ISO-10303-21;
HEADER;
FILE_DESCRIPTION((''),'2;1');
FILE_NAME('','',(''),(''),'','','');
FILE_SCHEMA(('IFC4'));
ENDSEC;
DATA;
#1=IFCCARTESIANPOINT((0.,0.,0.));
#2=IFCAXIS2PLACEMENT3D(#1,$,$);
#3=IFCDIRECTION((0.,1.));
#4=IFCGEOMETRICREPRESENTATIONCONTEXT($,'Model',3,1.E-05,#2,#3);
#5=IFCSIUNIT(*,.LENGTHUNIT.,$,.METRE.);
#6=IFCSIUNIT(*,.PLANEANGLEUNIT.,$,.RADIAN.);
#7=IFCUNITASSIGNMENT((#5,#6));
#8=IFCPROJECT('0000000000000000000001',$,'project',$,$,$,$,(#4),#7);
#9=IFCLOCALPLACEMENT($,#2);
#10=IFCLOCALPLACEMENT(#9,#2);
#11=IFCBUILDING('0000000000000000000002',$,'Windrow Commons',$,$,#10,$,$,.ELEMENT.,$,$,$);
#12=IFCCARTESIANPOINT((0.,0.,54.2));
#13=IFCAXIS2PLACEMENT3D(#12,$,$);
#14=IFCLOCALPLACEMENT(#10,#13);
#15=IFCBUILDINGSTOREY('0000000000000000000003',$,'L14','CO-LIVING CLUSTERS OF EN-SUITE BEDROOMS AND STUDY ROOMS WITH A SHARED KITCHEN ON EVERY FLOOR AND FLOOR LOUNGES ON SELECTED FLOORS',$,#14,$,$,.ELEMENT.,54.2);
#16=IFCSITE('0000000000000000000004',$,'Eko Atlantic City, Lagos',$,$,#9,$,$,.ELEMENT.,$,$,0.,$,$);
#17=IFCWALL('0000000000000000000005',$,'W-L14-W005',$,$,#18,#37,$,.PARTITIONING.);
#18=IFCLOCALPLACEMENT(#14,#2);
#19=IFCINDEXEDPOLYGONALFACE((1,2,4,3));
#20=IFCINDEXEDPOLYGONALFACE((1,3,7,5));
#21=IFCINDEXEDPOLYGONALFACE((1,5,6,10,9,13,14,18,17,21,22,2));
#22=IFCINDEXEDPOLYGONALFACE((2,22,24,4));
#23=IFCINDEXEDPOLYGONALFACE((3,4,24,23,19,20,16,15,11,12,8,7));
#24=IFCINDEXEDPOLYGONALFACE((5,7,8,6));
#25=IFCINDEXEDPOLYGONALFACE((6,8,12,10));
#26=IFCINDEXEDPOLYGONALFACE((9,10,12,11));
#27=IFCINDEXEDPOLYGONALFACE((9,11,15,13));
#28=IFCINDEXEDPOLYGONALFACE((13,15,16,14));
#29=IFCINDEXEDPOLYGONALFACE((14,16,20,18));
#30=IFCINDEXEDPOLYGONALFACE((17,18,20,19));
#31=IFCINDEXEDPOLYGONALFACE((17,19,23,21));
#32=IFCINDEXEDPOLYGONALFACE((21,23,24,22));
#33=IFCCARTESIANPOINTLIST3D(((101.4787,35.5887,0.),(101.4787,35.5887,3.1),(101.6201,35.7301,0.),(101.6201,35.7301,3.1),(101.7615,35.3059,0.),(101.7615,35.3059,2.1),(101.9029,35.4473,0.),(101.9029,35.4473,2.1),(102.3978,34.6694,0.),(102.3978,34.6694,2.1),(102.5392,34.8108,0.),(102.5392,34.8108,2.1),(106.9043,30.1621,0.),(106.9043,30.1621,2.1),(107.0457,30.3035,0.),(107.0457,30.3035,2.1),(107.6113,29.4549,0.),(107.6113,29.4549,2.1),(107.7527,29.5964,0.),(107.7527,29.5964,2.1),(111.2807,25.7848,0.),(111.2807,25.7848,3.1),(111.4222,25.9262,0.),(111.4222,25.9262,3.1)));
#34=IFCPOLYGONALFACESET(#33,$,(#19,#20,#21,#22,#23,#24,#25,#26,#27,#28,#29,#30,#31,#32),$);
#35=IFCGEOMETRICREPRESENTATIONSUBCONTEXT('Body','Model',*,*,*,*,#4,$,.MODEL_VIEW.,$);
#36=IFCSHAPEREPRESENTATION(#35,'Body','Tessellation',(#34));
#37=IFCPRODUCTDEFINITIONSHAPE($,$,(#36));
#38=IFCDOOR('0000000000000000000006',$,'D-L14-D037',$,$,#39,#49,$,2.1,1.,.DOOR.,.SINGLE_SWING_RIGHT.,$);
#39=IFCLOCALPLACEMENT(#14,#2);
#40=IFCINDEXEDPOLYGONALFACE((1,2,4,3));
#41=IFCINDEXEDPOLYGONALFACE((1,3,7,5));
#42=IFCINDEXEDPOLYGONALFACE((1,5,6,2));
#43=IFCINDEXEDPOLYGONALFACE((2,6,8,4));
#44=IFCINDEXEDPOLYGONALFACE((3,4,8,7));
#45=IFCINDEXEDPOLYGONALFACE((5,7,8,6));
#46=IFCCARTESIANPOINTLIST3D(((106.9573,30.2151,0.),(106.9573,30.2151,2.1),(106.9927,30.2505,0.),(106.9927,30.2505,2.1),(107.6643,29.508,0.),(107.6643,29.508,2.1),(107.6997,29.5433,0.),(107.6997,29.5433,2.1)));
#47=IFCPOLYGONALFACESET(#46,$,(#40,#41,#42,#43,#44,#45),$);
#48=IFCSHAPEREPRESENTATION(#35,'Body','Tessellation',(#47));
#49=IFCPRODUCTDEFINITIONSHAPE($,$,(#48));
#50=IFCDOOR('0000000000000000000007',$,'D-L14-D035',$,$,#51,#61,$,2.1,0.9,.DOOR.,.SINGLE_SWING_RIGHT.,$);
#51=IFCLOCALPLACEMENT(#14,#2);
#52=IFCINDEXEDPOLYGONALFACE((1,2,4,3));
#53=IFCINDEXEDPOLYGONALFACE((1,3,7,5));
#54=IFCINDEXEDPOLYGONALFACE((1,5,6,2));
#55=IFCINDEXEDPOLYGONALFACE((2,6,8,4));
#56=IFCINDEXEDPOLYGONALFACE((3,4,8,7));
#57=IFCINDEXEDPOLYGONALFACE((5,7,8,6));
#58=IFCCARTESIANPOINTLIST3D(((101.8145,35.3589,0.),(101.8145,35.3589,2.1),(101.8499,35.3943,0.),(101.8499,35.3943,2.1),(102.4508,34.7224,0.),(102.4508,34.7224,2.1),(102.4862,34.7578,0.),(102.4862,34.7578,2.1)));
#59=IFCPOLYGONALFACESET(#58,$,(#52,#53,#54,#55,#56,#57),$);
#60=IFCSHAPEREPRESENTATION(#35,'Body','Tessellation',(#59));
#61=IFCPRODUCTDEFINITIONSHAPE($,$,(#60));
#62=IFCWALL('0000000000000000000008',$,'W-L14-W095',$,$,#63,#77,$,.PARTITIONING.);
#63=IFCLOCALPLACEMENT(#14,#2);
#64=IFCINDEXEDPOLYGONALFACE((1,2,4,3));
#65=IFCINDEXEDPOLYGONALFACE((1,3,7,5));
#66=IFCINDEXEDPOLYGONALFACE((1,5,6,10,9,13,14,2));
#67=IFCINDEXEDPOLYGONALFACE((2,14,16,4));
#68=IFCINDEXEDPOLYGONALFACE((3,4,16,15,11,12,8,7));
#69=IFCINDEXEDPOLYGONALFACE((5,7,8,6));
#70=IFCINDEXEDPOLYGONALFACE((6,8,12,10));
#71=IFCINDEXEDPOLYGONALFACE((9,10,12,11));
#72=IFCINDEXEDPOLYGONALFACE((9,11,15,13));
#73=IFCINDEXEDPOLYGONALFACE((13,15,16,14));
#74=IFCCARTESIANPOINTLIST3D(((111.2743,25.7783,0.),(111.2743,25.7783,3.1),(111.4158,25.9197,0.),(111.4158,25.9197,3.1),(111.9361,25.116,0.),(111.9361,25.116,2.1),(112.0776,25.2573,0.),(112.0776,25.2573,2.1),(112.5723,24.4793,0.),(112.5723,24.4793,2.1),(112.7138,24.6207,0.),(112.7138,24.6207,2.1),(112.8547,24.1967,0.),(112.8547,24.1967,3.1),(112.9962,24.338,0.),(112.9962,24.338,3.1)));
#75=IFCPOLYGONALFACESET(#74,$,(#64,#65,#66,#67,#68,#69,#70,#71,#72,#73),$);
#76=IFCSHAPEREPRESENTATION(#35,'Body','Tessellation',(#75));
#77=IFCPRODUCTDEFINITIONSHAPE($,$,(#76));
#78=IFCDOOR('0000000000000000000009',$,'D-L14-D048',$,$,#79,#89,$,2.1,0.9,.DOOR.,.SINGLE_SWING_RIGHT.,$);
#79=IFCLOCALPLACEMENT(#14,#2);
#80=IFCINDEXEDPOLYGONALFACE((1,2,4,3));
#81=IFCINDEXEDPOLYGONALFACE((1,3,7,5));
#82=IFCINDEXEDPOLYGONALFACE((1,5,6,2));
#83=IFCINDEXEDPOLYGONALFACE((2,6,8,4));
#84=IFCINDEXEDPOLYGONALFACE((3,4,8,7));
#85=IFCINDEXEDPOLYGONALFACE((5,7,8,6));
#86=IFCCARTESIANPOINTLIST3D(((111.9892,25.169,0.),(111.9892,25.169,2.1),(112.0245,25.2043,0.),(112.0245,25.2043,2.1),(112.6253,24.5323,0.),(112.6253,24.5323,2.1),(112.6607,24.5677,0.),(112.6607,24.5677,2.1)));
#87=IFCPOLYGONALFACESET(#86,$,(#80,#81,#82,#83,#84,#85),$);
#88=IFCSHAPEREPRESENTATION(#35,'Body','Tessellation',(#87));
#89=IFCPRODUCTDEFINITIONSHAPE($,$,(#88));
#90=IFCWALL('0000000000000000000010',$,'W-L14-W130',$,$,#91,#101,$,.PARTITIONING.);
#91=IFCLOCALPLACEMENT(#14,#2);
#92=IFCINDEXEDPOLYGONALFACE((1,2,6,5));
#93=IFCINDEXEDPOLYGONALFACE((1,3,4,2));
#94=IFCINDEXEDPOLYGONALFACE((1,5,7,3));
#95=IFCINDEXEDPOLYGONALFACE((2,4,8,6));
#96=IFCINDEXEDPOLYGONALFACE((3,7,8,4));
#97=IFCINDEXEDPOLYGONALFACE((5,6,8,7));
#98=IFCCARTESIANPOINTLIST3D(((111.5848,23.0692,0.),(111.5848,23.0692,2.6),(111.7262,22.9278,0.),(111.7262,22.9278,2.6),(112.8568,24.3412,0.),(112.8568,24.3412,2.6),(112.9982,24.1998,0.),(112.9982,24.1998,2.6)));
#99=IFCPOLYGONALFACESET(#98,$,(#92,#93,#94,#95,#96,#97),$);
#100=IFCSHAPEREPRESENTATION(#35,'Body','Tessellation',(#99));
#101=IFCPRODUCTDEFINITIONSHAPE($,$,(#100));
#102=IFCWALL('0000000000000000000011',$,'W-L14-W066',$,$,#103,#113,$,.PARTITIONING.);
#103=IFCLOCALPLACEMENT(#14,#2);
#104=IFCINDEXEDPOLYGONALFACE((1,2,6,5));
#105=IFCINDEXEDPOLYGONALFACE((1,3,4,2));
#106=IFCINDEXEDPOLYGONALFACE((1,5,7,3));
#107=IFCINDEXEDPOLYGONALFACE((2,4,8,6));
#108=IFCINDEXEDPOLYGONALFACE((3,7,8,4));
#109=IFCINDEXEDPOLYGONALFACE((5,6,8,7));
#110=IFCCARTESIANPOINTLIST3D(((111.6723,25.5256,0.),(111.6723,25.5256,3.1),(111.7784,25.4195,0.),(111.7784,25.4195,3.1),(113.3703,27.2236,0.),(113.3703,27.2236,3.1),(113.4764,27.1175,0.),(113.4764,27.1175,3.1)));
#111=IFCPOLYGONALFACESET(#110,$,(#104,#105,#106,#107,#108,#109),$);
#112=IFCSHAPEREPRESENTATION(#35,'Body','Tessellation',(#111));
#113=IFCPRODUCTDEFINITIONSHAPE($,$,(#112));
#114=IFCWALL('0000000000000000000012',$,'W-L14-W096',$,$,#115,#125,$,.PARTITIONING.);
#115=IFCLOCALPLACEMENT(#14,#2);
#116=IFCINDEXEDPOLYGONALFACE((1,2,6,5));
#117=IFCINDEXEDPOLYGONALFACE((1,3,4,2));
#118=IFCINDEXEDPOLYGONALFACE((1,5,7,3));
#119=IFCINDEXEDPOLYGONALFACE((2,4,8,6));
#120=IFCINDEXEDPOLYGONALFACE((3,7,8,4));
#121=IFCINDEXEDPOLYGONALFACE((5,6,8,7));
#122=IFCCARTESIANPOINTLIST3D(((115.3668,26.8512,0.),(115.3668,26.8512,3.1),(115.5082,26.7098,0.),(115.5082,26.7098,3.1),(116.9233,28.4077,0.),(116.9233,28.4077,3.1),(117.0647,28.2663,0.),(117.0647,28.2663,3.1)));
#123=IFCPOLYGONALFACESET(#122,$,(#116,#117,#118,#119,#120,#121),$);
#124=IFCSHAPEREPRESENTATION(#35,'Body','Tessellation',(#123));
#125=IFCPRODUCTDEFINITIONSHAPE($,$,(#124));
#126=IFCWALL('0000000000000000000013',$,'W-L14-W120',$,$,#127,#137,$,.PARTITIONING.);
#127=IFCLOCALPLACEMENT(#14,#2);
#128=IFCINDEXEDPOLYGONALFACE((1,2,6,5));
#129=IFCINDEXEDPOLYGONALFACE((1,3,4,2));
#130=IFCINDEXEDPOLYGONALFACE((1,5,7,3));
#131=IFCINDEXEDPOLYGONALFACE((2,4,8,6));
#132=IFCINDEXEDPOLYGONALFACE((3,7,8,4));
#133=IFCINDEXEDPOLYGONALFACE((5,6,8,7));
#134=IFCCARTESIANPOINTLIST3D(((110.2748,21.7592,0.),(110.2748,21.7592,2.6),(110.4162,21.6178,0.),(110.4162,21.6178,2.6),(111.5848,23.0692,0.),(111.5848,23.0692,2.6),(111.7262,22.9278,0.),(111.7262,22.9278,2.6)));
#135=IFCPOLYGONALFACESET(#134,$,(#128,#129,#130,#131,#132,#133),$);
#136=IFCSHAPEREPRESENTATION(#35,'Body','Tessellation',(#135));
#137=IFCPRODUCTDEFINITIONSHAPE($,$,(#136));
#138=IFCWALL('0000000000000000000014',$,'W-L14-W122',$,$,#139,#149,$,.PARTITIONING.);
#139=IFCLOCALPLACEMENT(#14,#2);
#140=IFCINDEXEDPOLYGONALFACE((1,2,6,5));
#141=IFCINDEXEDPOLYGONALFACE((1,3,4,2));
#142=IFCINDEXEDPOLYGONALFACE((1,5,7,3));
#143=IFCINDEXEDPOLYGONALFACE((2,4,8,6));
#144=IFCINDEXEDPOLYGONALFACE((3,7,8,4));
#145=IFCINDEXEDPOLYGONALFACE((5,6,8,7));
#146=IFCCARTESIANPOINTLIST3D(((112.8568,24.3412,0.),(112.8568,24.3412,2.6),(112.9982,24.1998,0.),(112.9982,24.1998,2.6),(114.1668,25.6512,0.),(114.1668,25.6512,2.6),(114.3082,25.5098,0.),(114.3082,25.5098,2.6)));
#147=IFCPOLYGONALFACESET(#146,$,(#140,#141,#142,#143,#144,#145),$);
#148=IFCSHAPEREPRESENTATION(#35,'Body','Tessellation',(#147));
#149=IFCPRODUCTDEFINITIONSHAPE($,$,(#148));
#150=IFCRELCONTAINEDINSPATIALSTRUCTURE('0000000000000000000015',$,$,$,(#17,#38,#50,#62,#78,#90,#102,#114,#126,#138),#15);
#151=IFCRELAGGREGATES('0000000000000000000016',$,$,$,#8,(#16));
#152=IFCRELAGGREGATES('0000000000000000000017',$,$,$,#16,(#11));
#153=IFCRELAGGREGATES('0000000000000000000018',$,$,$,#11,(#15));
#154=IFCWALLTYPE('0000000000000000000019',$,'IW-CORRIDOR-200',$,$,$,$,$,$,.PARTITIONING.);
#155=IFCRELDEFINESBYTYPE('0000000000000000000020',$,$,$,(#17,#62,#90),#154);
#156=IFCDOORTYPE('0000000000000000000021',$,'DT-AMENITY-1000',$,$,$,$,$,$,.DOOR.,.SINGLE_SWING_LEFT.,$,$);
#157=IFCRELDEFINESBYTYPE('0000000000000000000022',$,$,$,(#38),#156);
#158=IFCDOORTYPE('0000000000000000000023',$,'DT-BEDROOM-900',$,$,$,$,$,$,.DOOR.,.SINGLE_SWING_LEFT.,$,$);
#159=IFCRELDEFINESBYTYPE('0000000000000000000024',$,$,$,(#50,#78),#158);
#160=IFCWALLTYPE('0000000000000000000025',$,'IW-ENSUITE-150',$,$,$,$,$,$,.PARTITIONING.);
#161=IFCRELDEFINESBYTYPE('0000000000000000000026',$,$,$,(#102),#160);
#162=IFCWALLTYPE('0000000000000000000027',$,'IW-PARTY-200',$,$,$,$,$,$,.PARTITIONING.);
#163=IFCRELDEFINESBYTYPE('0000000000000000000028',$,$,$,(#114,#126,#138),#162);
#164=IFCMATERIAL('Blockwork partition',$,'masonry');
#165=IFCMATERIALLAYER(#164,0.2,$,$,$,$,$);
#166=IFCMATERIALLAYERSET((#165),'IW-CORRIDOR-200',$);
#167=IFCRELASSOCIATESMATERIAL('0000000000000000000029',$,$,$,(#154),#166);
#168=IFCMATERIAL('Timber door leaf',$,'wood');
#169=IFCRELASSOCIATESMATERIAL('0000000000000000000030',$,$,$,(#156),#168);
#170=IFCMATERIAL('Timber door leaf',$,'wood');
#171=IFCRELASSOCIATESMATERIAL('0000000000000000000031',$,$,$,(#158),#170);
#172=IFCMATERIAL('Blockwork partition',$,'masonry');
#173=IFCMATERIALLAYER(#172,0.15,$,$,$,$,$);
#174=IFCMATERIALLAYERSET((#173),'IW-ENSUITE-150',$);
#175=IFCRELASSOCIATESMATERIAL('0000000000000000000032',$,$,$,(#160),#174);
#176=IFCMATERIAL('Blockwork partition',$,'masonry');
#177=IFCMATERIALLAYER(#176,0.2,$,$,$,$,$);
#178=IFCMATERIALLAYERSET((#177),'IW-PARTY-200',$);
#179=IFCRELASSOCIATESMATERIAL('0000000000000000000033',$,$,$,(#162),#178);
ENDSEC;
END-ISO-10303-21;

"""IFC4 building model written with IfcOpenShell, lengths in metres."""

from ifc_helpers import new_model, si_unit, direction, frame, frame_2d, origin, place, context, subcontext, project, spatial, rectangle, extrude, material, layer, layer_set, type_object, element, fill, save


model = new_model("IFC4")

# Units and contexts
model_context = context("Model", 3, precision=1e-05, world=origin(), true_north=direction((0.0, 1.0)))
body_context = subcontext(model_context, "Body", "Model", "MODEL_VIEW")
ifc_project = project(units=[si_unit("LENGTHUNIT", "METRE"), si_unit("PLANEANGLEUNIT", "RADIAN")], contexts=[model_context])

# Site, building, storey
site_placement = place(None, origin())
site = spatial("IfcSite", under=ifc_project, at=site_placement, Name="Eko Atlantic City, Lagos", CompositionType="ELEMENT", RefElevation=0.0)
building_placement = place(site_placement, origin())
building = spatial("IfcBuilding", under=site, at=building_placement, Name="Windrow Commons", CompositionType="ELEMENT")
storey_placement = place(building_placement, frame((0.0, 0.0, 54.2)))
storey = spatial("IfcBuildingStorey", under=building, at=storey_placement, Name="L14", Description="CO-LIVING CLUSTERS OF EN-SUITE BEDROOMS AND STUDY ROOMS WITH A SHARED KITCHEN ON EVERY FLOOR AND FLOOR LOUNGES ON SELECTED FLOORS", CompositionType="ELEMENT", Elevation=54.2)

# Wall, openings, doors
ifc_material_1 = material(Name="Blockwork partition", Category="masonry")
ifc_layer_1 = layer(ifc_material_1, 0.2)
ifc_layer_set_1 = layer_set([ifc_layer_1], Name="IW-CORRIDOR-200")
wall_type_1 = type_object("IfcWallType", Name="IW-CORRIDOR-200", PredefinedType="PARTITIONING", material=ifc_layer_set_1)
wall_1_placement = place(storey_placement, frame((111.3515, 25.8555, 0.0), z_axis=(0.0, 0.0, 1.0), x_axis=(-0.707042, 0.707172, 0.0)))
wall_1 = element("IfcWall", 1, at=wall_1_placement, inside=storey, type_object=wall_type_1, Name="W-L14-W005", PredefinedType="PARTITIONING", context=body_context, shape_type="SweptSolid", body=[
    extrude(rectangle(XDim=13.8635, YDim=0.2, at=frame_2d((6.9318, 0.0))), origin(), (0.0, 0.0, 1.0), 3.1),
])
opening_1_placement = place(wall_1_placement, frame((12.5636, 0.0, 0.0)))
opening_1 = element("IfcOpeningElement", 2, at=opening_1_placement, cuts=wall_1, PredefinedType="OPENING", context=body_context, shape_type="SweptSolid", body=[
    extrude(rectangle(XDim=0.9, YDim=2.1, at=frame_2d((0.45, 1.05))), frame((0.0, 0.11, 0.0), z_axis=(0.0, -1.0, 0.0), x_axis=(1.0, 0.0, 0.0)), (0.0, 0.0, 1.0), 0.22),
])
opening_2_placement = place(wall_1_placement, frame((5.1899, 0.0, 0.0)))
opening_2 = element("IfcOpeningElement", 3, at=opening_2_placement, cuts=wall_1, PredefinedType="OPENING", context=body_context, shape_type="SweptSolid", body=[
    extrude(rectangle(XDim=1.0, YDim=2.1, at=frame_2d((0.5, 1.05))), frame((0.0, 0.11, 0.0), z_axis=(0.0, -1.0, 0.0), x_axis=(1.0, 0.0, 0.0)), (0.0, 0.0, 1.0), 0.22),
])
ifc_material_2 = material(Name="Timber door leaf", Category="wood")
door_type_1 = type_object("IfcDoorType", Name="DT-AMENITY-1000", OperationType="SINGLE_SWING_LEFT", PredefinedType="DOOR", material=ifc_material_2)
door_1_placement = place(opening_2_placement, origin())
door_1 = element("IfcDoor", 4, at=door_1_placement, inside=storey, type_object=door_type_1, Name="D-L14-D037", OperationType="SINGLE_SWING_RIGHT", OverallHeight=2.1, OverallWidth=1.0, PredefinedType="DOOR", context=body_context, shape_type="SweptSolid", body=[
    extrude(rectangle(XDim=1.0, YDim=2.1, at=frame_2d((0.5, 1.05))), frame((0.0, 0.025, 0.0), z_axis=(0.0, -1.0, 0.0), x_axis=(1.0, 0.0, 0.0)), (0.0, 0.0, 1.0), 0.05),
])
fill(opening_2, door_1)
ifc_material_3 = material(Name="Timber door leaf", Category="wood")
door_type_2 = type_object("IfcDoorType", Name="DT-BEDROOM-900", OperationType="SINGLE_SWING_LEFT", PredefinedType="DOOR", material=ifc_material_3)
door_2_placement = place(opening_1_placement, origin())
door_2 = element("IfcDoor", 5, at=door_2_placement, inside=storey, type_object=door_type_2, Name="D-L14-D035", OperationType="SINGLE_SWING_RIGHT", OverallHeight=2.1, OverallWidth=0.9, PredefinedType="DOOR", context=body_context, shape_type="SweptSolid", body=[
    extrude(rectangle(XDim=0.9, YDim=2.1, at=frame_2d((0.45, 1.05))), frame((0.0, 0.025, 0.0), z_axis=(0.0, -1.0, 0.0), x_axis=(1.0, 0.0, 0.0)), (0.0, 0.0, 1.0), 0.05),
])
fill(opening_1, door_2)

# Wall, opening, door
wall_2_placement = place(storey_placement, frame((112.9254, 24.2674, 0.0), z_axis=(0.0, 0.0, 1.0), x_axis=(-0.706838, 0.707375, 0.0)))
wall_2 = element("IfcWall", 6, at=wall_2_placement, inside=storey, type_object=wall_type_1, Name="W-L14-W095", PredefinedType="PARTITIONING", context=body_context, shape_type="SweptSolid", body=[
    extrude(rectangle(XDim=2.2359, YDim=0.2, at=frame_2d((1.1179, 0.0))), origin(), (0.0, 0.0, 1.0), 3.1),
])
opening_3_placement = place(wall_2_placement, frame((0.3995, 0.0, 0.0)))
opening_3 = element("IfcOpeningElement", 7, at=opening_3_placement, cuts=wall_2, PredefinedType="OPENING", context=body_context, shape_type="SweptSolid", body=[
    extrude(rectangle(XDim=0.9, YDim=2.1, at=frame_2d((0.45, 1.05))), frame((0.0, 0.11, 0.0), z_axis=(0.0, -1.0, 0.0), x_axis=(1.0, 0.0, 0.0)), (0.0, 0.0, 1.0), 0.22),
])
door_3_placement = place(opening_3_placement, origin())
door_3 = element("IfcDoor", 8, at=door_3_placement, inside=storey, type_object=door_type_2, Name="D-L14-D048", OperationType="SINGLE_SWING_RIGHT", OverallHeight=2.1, OverallWidth=0.9, PredefinedType="DOOR", context=body_context, shape_type="SweptSolid", body=[
    extrude(rectangle(XDim=0.9, YDim=2.1, at=frame_2d((0.45, 1.05))), frame((0.0, 0.025, 0.0), z_axis=(0.0, -1.0, 0.0), x_axis=(1.0, 0.0, 0.0)), (0.0, 0.0, 1.0), 0.05),
])
fill(opening_3, door_3)

# Walls
wall_3_placement = place(storey_placement, frame((111.6555, 22.9985, 0.0), z_axis=(0.0, 0.0, 1.0), x_axis=(0.707107, 0.707107, 0.0)))
element("IfcWall", 9, at=wall_3_placement, inside=storey, type_object=wall_type_1, Name="W-L14-W130", PredefinedType="PARTITIONING", context=body_context, shape_type="SweptSolid", body=[
    extrude(rectangle(XDim=1.7989, YDim=0.2, at=frame_2d((0.8994, 0.0))), origin(), (0.0, 0.0, 1.0), 2.6),
])
ifc_material_4 = material(Name="Blockwork partition", Category="masonry")
ifc_layer_2 = layer(ifc_material_4, 0.15)
ifc_layer_set_2 = layer_set([ifc_layer_2], Name="IW-ENSUITE-150")
wall_type_2 = type_object("IfcWallType", Name="IW-ENSUITE-150", PredefinedType="PARTITIONING", material=ifc_layer_set_2)
wall_4_placement = place(storey_placement, frame((111.7254, 25.4726, 0.0), z_axis=(0.0, 0.0, 1.0), x_axis=(0.707107, 0.707107, 0.0)))
element("IfcWall", 10, at=wall_4_placement, inside=storey, type_object=wall_type_2, Name="W-L14-W066", PredefinedType="PARTITIONING", context=body_context, shape_type="SweptSolid", body=[
    extrude(rectangle(XDim=2.4013, YDim=0.15, at=frame_2d((1.2006, 0.0))), origin(), (0.0, 0.0, 1.0), 3.1),
])
ifc_material_5 = material(Name="Blockwork partition", Category="masonry")
ifc_layer_3 = layer(ifc_material_5, 0.2)
ifc_layer_set_3 = layer_set([ifc_layer_3], Name="IW-PARTY-200")
wall_type_3 = type_object("IfcWallType", Name="IW-PARTY-200", PredefinedType="PARTITIONING", material=ifc_layer_set_3)
wall_5_placement = place(storey_placement, frame((115.4375, 26.7805, 0.0), z_axis=(0.0, 0.0, 1.0), x_axis=(0.707107, 0.707107, 0.0)))
element("IfcWall", 11, at=wall_5_placement, inside=storey, type_object=wall_type_3, Name="W-L14-W096", PredefinedType="PARTITIONING", context=body_context, shape_type="SweptSolid", body=[
    extrude(rectangle(XDim=2.2012, YDim=0.2, at=frame_2d((1.1006, 0.0))), origin(), (0.0, 0.0, 1.0), 3.1),
])
for number, where, z_axis, x_axis, name in (
    (12, (110.3455, 21.6885, 0.0), (0.0, 0.0, 1.0), (0.707107, 0.707107, 0.0), "W-L14-W120"),
    (13, (112.9275, 24.2705, 0.0), (0.0, 0.0, 1.0), (0.707107, 0.707107, 0.0), "W-L14-W122"),
):
    element("IfcWall", number, at=place(storey_placement, frame(where, z_axis=z_axis, x_axis=x_axis)), inside=storey, type_object=wall_type_3, Name=name, PredefinedType="PARTITIONING", context=body_context, shape_type="SweptSolid", body=[
        extrude(rectangle(XDim=1.8526, YDim=0.2, at=frame_2d((0.9263, 0.0))), origin(), (0.0, 0.0, 1.0), 2.6),
    ])

save(model, "model.ifc")
